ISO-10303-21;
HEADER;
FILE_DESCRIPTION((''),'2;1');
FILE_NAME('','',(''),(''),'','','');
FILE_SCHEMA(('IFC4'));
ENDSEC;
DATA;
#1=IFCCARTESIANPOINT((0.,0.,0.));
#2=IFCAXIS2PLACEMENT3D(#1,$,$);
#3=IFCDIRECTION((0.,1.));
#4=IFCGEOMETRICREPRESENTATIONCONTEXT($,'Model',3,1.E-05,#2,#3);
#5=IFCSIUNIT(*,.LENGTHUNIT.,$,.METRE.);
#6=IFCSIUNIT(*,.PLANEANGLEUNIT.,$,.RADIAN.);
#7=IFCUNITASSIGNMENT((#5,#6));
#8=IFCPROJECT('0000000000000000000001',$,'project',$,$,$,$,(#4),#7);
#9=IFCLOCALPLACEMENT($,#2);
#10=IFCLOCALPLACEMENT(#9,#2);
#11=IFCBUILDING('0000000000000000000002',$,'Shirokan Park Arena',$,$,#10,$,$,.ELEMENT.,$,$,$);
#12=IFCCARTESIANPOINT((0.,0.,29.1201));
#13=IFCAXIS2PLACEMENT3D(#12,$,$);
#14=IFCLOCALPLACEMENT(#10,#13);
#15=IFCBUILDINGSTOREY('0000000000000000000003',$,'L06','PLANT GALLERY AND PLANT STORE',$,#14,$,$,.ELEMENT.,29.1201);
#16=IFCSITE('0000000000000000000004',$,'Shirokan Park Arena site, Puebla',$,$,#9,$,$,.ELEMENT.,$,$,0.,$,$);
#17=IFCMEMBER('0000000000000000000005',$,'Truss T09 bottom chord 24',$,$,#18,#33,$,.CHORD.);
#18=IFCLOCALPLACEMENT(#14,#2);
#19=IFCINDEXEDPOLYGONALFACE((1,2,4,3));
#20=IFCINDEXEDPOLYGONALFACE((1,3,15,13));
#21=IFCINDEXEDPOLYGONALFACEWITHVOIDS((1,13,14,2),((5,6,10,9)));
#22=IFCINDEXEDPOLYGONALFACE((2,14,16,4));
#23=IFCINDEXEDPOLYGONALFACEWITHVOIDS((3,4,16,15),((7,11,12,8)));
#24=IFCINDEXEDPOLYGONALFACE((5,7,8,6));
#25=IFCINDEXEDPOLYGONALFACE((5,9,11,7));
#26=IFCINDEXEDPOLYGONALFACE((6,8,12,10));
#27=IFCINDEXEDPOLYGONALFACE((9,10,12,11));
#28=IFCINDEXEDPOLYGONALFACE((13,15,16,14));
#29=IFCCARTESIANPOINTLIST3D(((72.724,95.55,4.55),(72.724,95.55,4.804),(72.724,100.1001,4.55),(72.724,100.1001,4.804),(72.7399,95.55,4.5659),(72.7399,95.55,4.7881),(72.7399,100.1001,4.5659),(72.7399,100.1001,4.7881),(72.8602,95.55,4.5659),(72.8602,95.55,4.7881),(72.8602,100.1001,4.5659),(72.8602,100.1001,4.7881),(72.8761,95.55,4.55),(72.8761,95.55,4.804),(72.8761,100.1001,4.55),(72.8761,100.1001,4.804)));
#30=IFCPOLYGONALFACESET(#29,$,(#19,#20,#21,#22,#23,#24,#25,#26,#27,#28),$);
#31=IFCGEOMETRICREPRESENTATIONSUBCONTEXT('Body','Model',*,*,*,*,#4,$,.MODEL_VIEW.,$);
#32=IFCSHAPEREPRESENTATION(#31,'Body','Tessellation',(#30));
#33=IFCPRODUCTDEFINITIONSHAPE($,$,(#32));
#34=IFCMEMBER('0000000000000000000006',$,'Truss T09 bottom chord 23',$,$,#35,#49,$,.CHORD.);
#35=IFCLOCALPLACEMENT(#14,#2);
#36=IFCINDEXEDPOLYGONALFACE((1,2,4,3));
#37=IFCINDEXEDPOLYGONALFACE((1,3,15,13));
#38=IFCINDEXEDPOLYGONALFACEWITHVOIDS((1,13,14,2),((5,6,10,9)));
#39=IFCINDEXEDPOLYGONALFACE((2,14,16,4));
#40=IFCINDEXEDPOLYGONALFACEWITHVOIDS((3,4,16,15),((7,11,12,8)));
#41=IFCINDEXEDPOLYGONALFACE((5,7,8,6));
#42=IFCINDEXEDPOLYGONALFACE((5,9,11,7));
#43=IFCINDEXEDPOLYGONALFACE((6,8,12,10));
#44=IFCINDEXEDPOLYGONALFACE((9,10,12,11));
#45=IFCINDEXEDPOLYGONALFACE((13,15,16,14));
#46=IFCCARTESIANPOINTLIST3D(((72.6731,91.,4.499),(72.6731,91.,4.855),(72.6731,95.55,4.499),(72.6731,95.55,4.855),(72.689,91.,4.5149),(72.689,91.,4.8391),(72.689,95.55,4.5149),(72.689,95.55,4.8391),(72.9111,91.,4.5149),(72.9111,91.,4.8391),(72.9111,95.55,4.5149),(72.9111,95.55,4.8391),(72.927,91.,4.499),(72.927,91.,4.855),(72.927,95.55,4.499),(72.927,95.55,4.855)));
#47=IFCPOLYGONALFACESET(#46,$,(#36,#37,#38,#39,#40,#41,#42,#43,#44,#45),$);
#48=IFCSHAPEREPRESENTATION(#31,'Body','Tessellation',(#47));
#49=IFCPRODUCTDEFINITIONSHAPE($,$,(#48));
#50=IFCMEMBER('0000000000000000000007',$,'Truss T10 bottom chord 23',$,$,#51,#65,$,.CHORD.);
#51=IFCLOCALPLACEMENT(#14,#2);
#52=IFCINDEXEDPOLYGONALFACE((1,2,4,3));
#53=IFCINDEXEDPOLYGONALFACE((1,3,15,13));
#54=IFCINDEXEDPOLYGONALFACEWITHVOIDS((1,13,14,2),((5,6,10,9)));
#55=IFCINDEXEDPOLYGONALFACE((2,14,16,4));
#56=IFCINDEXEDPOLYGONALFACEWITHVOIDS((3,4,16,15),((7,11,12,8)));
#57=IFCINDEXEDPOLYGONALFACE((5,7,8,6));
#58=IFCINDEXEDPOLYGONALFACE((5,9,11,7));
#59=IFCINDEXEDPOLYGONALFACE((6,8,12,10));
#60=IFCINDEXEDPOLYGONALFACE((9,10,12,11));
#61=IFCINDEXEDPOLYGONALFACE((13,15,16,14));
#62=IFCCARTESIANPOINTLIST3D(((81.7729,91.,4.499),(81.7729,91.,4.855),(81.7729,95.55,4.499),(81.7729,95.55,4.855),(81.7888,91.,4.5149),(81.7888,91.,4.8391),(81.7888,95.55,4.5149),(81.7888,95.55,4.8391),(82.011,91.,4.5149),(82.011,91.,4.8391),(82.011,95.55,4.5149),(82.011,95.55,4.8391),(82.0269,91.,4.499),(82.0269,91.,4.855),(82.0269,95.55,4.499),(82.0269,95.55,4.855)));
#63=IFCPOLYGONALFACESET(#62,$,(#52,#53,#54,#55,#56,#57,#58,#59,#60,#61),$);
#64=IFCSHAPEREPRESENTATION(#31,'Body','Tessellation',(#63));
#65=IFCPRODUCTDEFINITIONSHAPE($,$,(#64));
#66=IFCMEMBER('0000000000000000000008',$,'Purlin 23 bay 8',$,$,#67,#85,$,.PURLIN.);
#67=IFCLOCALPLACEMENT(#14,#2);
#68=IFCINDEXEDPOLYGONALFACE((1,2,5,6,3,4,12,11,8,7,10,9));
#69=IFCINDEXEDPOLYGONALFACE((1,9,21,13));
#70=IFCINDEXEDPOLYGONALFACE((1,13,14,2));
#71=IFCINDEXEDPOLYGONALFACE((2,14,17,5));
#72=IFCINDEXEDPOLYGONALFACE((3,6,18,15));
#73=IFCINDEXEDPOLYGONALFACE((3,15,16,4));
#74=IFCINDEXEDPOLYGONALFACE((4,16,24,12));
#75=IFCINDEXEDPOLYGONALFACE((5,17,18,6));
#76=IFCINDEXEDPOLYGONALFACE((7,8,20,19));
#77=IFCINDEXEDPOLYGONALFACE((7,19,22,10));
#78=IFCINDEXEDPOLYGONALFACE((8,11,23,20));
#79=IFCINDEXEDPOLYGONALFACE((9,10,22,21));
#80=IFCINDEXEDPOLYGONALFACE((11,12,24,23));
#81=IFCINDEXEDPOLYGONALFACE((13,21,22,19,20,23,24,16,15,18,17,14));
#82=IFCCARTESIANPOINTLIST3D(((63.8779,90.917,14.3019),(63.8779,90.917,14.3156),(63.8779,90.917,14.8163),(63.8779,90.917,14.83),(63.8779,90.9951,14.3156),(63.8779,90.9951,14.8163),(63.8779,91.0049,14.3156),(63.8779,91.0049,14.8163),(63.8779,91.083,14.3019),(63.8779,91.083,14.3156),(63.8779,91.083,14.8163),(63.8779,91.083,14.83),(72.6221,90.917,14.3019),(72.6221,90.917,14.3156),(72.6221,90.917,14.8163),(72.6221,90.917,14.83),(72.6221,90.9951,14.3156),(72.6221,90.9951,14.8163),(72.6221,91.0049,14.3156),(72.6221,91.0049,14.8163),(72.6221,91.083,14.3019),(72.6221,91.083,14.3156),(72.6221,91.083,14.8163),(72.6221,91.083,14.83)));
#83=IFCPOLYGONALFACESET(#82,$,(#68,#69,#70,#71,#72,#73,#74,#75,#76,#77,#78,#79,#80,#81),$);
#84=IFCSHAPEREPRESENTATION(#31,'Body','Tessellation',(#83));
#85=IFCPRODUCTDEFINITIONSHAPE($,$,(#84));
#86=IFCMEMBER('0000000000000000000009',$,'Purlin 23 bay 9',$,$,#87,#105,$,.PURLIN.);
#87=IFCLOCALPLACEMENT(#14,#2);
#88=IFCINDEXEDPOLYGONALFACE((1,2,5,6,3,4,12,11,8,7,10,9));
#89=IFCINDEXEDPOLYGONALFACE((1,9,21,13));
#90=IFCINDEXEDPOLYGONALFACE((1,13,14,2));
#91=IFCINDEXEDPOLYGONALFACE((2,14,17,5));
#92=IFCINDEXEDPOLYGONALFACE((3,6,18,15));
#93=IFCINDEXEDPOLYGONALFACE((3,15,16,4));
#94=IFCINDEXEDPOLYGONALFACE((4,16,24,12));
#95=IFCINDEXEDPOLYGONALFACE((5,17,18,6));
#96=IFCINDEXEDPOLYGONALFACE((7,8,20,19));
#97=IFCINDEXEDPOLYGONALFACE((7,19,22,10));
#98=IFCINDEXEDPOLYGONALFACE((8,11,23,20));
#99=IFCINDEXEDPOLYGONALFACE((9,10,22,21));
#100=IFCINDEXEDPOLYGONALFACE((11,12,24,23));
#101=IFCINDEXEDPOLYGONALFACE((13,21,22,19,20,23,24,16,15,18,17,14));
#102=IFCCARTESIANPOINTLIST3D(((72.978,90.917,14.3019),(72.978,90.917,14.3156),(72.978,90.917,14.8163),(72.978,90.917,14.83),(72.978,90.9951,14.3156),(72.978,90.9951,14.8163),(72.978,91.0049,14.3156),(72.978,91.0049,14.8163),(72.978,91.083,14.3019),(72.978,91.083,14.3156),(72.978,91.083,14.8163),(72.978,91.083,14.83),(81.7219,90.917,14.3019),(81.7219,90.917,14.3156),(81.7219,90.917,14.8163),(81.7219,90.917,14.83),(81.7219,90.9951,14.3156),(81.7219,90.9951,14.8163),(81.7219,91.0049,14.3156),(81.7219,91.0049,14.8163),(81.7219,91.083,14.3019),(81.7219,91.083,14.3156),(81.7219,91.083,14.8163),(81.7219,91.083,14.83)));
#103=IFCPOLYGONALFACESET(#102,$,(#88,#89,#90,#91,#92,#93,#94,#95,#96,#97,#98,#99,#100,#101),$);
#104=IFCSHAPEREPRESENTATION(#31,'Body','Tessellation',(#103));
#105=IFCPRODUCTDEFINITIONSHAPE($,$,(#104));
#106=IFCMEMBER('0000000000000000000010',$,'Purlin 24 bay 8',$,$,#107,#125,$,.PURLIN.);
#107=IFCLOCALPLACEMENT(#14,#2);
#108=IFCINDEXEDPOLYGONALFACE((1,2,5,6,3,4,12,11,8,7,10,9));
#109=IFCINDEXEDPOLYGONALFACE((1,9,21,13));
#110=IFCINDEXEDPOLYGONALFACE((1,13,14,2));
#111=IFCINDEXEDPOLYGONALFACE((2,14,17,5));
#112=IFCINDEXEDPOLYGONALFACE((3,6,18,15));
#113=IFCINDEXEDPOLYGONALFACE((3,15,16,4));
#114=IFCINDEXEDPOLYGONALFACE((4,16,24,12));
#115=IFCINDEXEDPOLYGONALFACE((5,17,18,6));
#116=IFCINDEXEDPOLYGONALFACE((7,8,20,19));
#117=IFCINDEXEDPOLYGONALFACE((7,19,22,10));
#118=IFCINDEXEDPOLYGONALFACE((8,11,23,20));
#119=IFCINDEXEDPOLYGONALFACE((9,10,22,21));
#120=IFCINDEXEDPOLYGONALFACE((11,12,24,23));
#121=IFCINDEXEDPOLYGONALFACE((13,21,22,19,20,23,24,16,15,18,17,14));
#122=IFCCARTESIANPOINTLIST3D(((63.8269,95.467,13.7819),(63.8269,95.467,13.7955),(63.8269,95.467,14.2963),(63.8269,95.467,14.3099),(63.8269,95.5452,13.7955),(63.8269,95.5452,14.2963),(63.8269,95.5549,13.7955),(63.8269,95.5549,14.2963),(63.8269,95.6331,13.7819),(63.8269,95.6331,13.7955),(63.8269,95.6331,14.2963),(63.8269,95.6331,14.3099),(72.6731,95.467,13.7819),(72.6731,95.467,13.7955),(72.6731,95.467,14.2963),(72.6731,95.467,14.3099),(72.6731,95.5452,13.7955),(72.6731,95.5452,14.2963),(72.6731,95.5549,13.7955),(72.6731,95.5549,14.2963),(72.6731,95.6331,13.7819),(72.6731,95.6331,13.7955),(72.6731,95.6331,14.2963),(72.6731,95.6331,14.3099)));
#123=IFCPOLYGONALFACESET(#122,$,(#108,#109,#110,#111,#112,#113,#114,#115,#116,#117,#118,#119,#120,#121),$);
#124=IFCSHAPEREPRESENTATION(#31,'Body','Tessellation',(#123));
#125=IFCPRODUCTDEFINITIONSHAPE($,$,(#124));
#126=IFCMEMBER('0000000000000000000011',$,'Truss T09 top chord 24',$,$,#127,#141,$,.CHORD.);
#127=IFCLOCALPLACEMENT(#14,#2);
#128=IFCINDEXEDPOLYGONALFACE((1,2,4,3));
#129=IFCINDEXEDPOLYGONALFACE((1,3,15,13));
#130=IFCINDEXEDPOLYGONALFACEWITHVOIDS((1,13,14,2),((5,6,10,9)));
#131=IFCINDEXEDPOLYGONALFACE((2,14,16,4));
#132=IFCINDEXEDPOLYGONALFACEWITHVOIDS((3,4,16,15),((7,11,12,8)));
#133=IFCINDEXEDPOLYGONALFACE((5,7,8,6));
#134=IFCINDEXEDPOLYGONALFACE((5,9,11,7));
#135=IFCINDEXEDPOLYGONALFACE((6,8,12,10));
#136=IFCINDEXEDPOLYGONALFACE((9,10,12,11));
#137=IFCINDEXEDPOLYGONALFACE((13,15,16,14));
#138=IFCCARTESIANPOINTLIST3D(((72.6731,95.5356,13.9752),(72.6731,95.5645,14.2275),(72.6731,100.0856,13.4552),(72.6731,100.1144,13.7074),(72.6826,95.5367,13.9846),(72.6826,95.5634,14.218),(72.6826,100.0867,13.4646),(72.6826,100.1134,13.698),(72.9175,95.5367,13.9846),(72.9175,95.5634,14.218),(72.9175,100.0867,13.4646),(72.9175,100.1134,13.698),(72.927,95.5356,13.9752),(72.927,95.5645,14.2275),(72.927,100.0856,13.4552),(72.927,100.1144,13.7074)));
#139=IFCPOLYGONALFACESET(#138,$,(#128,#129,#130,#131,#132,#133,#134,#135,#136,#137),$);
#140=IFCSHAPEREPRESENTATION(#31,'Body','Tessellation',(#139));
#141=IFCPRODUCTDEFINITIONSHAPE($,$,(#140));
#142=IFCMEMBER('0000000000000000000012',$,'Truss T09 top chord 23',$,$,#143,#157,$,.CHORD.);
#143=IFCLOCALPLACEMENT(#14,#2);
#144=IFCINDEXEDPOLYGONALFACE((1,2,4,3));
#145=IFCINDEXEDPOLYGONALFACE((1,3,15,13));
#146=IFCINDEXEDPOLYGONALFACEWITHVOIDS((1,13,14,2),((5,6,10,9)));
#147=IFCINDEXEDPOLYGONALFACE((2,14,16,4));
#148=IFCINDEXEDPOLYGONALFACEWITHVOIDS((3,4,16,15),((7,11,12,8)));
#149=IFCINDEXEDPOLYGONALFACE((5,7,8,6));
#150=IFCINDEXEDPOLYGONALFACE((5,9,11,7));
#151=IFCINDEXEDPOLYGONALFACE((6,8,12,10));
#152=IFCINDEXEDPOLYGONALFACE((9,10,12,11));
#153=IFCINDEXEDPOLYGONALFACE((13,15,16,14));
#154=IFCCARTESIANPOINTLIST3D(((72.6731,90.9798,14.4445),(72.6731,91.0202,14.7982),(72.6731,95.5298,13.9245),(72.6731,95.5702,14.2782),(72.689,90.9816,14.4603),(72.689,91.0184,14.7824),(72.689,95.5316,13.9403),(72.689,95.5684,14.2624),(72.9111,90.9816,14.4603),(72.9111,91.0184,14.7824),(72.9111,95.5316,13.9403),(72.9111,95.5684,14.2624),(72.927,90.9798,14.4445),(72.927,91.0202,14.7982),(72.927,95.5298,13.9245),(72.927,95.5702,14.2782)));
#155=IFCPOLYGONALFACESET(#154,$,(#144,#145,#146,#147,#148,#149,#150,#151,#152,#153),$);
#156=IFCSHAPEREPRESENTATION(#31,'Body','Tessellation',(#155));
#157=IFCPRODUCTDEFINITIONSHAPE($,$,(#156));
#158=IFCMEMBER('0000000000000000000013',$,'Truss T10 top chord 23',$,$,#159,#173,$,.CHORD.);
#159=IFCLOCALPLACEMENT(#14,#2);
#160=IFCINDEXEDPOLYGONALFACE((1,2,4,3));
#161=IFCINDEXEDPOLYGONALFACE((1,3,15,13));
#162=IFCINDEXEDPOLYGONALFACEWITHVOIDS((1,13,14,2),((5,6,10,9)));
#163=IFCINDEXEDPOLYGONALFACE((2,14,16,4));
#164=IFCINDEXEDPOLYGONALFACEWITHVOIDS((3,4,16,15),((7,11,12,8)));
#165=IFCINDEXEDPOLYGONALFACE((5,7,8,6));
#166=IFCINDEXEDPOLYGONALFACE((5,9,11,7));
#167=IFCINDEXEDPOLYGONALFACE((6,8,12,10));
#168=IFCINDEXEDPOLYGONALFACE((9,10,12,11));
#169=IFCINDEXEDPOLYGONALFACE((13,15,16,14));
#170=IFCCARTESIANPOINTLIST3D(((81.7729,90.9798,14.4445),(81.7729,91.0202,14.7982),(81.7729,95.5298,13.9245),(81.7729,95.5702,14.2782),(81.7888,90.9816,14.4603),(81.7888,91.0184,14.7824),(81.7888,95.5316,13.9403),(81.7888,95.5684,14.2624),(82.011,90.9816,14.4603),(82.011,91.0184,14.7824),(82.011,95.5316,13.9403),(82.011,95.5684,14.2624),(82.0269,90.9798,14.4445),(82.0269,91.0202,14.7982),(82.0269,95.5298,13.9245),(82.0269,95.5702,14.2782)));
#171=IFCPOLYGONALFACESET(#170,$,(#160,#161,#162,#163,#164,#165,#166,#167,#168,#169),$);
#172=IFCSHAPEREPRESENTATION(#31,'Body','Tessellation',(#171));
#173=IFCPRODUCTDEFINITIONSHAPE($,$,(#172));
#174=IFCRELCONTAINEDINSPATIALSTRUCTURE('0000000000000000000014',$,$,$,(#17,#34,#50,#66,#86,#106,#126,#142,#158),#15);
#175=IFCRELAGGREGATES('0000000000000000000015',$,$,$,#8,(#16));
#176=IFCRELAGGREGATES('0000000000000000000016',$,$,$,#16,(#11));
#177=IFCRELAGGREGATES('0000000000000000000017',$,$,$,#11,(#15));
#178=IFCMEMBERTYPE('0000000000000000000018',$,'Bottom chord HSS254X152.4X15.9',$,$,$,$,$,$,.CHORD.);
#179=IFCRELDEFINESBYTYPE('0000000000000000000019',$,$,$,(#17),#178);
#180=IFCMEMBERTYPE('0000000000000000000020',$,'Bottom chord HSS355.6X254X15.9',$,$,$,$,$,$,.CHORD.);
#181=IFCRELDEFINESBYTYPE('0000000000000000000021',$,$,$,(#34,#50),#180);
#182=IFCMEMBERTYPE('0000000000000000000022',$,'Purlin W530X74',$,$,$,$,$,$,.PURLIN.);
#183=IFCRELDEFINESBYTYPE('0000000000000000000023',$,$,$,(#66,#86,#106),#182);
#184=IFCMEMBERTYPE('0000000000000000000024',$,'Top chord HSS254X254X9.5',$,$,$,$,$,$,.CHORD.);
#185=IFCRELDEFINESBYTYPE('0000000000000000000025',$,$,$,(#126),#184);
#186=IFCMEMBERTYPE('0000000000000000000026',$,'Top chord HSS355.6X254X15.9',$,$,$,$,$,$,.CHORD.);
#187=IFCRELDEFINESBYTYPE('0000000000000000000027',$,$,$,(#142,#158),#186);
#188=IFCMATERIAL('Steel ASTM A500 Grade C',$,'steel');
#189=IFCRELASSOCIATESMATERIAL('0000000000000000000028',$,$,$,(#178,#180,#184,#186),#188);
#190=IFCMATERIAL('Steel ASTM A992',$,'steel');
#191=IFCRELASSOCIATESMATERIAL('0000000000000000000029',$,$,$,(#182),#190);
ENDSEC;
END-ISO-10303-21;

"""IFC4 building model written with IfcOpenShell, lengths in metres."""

from ifc_helpers import new_model, si_unit, direction, frame, origin, origin_2d, place, context, subcontext, project, spatial, hollow_rectangle, i_section, extrude, material, material_profile, profile_set, type_object, element, save


model = new_model("IFC4")

# Units and contexts
model_context = context("Model", 3, precision=1e-05, world=origin(), true_north=direction((0.0, 1.0)))
body_context = subcontext(model_context, "Body", "Model", "MODEL_VIEW")
ifc_project = project(units=[si_unit("LENGTHUNIT", "METRE"), si_unit("PLANEANGLEUNIT", "RADIAN")], contexts=[model_context])

# Site, building, storey
site_placement = place(None, origin())
site = spatial("IfcSite", under=ifc_project, at=site_placement, Name="Shirokan Park Arena site, Puebla", CompositionType="ELEMENT", RefElevation=0.0)
building_placement = place(site_placement, origin())
building = spatial("IfcBuilding", under=site, at=building_placement, Name="Shirokan Park Arena", CompositionType="ELEMENT")
storey_placement = place(building_placement, frame((0.0, 0.0, 29.1201)))
storey = spatial("IfcBuildingStorey", under=building, at=storey_placement, Name="L06", Description="PLANT GALLERY AND PLANT STORE", CompositionType="ELEMENT", Elevation=29.1201)

# Members
ifc_material_1 = material(Name="Steel ASTM A500 Grade C", Category="steel")
ifc_material_profile_1 = material_profile(ifc_material_1, hollow_rectangle(XDim=0.1521, YDim=0.2539, WallThickness=0.0159, at=origin_2d()), Name="HSS254X152.4X15.9")
ifc_profile_set_1 = profile_set([ifc_material_profile_1], Name="Steel ASTM A500 Grade C")
member_type_1 = type_object("IfcMemberType", Name="Bottom chord HSS254X152.4X15.9", PredefinedType="CHORD", material=ifc_profile_set_1)
member_1_placement = place(storey_placement, frame((72.8, 95.55, 4.677), z_axis=(0.0, 1.0, 0.0), x_axis=(-1.0, 0.0, 0.0)))
element("IfcMember", 1, at=member_1_placement, inside=storey, type_object=member_type_1, Name="Truss T09 bottom chord 24", PredefinedType="CHORD", context=body_context, shape_type="SweptSolid", body=[
    extrude(hollow_rectangle(XDim=0.1521, YDim=0.2539, WallThickness=0.0159, at=origin_2d()), origin(), (0.0, 0.0, 1.0), 4.55),
])
ifc_material_profile_2 = material_profile(ifc_material_1, hollow_rectangle(XDim=0.2539, YDim=0.356, WallThickness=0.0159, at=origin_2d()), Name="HSS355.6X254X15.9")
ifc_profile_set_2 = profile_set([ifc_material_profile_2], Name="Steel ASTM A500 Grade C")
member_type_2 = type_object("IfcMemberType", Name="Bottom chord HSS355.6X254X15.9", PredefinedType="CHORD", material=ifc_profile_set_2)
for number, where, z_axis, x_axis, name in (
    (2, (72.8, 91.0, 4.677), (0.0, 1.0, 0.0), (-1.0, 0.0, 0.0), "Truss T09 bottom chord 23"),
    (3, (81.8999, 91.0, 4.677), (0.0, 1.0, 0.0), (-1.0, 0.0, 0.0), "Truss T10 bottom chord 23"),
):
    element("IfcMember", number, at=place(storey_placement, frame(where, z_axis=z_axis, x_axis=x_axis)), inside=storey, type_object=member_type_2, Name=name, PredefinedType="CHORD", context=body_context, shape_type="SweptSolid", body=[
        extrude(hollow_rectangle(XDim=0.2539, YDim=0.356, WallThickness=0.0159, at=origin_2d()), origin(), (0.0, 0.0, 1.0), 4.55),
    ])
ifc_material_2 = material(Name="Steel ASTM A992", Category="steel")
ifc_material_profile_3 = material_profile(ifc_material_2, i_section(OverallWidth=0.166, OverallDepth=0.5281, WebThickness=0.0098, FlangeThickness=0.0137, at=origin_2d()), Name="W530X74")
ifc_profile_set_3 = profile_set([ifc_material_profile_3], Name="Steel ASTM A992")
member_type_3 = type_object("IfcMemberType", Name="Purlin W530X74", PredefinedType="PURLIN", material=ifc_profile_set_3)
member_2_placement = place(storey_placement, frame((63.8779, 91.0, 14.5659), z_axis=(1.0, 0.0, 0.0), x_axis=(0.0, 1.0, 0.0)))
element("IfcMember", 4, at=member_2_placement, inside=storey, type_object=member_type_3, Name="Purlin 23 bay 8", PredefinedType="PURLIN", context=body_context, shape_type="SweptSolid", body=[
    extrude(i_section(OverallWidth=0.166, OverallDepth=0.5281, WebThickness=0.0098, FlangeThickness=0.0137, at=origin_2d()), origin(), (0.0, 0.0, 1.0), 8.7441),
])
member_3_placement = place(storey_placement, frame((72.978, 91.0, 14.5659), z_axis=(1.0, 0.0, 0.0), x_axis=(0.0, 1.0, 0.0)))
element("IfcMember", 5, at=member_3_placement, inside=storey, type_object=member_type_3, Name="Purlin 23 bay 9", PredefinedType="PURLIN", context=body_context, shape_type="SweptSolid", body=[
    extrude(i_section(OverallWidth=0.166, OverallDepth=0.5281, WebThickness=0.0098, FlangeThickness=0.0137, at=origin_2d()), origin(), (0.0, 0.0, 1.0), 8.7439),
])
member_4_placement = place(storey_placement, frame((63.8269, 95.55, 14.0459), z_axis=(1.0, 0.0, 0.0), x_axis=(0.0, 1.0, 0.0)))
element("IfcMember", 6, at=member_4_placement, inside=storey, type_object=member_type_3, Name="Purlin 24 bay 8", PredefinedType="PURLIN", context=body_context, shape_type="SweptSolid", body=[
    extrude(i_section(OverallWidth=0.166, OverallDepth=0.5281, WebThickness=0.0098, FlangeThickness=0.0137, at=origin_2d()), origin(), (0.0, 0.0, 1.0), 8.8462),
])
ifc_material_profile_4 = material_profile(ifc_material_1, hollow_rectangle(XDim=0.2539, YDim=0.2539, WallThickness=0.0095, at=origin_2d()), Name="HSS254X254X9.5")
ifc_profile_set_4 = profile_set([ifc_material_profile_4], Name="Steel ASTM A500 Grade C")
member_type_4 = type_object("IfcMemberType", Name="Top chord HSS254X254X9.5", PredefinedType="CHORD", material=ifc_profile_set_4)
member_5_placement = place(storey_placement, frame((72.8, 95.55, 14.1013), z_axis=(0.0, 0.993532, -0.11355), x_axis=(-1.0, 0.0, 0.0)))
element("IfcMember", 7, at=member_5_placement, inside=storey, type_object=member_type_4, Name="Truss T09 top chord 24", PredefinedType="CHORD", context=body_context, shape_type="SweptSolid", body=[
    extrude(hollow_rectangle(XDim=0.2539, YDim=0.2539, WallThickness=0.0095, at=origin_2d()), origin(), (0.0, 0.0, 1.0), 4.5796),
])
ifc_material_profile_5 = material_profile(ifc_material_1, hollow_rectangle(XDim=0.2539, YDim=0.356, WallThickness=0.0159, at=origin_2d()), Name="HSS355.6X254X15.9")
ifc_profile_set_5 = profile_set([ifc_material_profile_5], Name="Steel ASTM A500 Grade C")
member_type_5 = type_object("IfcMemberType", Name="Top chord HSS355.6X254X15.9", PredefinedType="CHORD", material=ifc_profile_set_5)
for number, where, z_axis, x_axis, name in (
    (8, (72.8, 91.0, 14.6213), (0.0, 0.993532, -0.11355), (-1.0, 0.0, 0.0), "Truss T09 top chord 23"),
    (9, (81.8999, 91.0, 14.6213), (0.0, 0.993532, -0.11355), (-1.0, 0.0, 0.0), "Truss T10 top chord 23"),
):
    element("IfcMember", number, at=place(storey_placement, frame(where, z_axis=z_axis, x_axis=x_axis)), inside=storey, type_object=member_type_5, Name=name, PredefinedType="CHORD", context=body_context, shape_type="SweptSolid", body=[
        extrude(hollow_rectangle(XDim=0.2539, YDim=0.356, WallThickness=0.0159, at=origin_2d()), origin(), (0.0, 0.0, 1.0), 4.5796),
    ])

save(model, "model.ifc")
